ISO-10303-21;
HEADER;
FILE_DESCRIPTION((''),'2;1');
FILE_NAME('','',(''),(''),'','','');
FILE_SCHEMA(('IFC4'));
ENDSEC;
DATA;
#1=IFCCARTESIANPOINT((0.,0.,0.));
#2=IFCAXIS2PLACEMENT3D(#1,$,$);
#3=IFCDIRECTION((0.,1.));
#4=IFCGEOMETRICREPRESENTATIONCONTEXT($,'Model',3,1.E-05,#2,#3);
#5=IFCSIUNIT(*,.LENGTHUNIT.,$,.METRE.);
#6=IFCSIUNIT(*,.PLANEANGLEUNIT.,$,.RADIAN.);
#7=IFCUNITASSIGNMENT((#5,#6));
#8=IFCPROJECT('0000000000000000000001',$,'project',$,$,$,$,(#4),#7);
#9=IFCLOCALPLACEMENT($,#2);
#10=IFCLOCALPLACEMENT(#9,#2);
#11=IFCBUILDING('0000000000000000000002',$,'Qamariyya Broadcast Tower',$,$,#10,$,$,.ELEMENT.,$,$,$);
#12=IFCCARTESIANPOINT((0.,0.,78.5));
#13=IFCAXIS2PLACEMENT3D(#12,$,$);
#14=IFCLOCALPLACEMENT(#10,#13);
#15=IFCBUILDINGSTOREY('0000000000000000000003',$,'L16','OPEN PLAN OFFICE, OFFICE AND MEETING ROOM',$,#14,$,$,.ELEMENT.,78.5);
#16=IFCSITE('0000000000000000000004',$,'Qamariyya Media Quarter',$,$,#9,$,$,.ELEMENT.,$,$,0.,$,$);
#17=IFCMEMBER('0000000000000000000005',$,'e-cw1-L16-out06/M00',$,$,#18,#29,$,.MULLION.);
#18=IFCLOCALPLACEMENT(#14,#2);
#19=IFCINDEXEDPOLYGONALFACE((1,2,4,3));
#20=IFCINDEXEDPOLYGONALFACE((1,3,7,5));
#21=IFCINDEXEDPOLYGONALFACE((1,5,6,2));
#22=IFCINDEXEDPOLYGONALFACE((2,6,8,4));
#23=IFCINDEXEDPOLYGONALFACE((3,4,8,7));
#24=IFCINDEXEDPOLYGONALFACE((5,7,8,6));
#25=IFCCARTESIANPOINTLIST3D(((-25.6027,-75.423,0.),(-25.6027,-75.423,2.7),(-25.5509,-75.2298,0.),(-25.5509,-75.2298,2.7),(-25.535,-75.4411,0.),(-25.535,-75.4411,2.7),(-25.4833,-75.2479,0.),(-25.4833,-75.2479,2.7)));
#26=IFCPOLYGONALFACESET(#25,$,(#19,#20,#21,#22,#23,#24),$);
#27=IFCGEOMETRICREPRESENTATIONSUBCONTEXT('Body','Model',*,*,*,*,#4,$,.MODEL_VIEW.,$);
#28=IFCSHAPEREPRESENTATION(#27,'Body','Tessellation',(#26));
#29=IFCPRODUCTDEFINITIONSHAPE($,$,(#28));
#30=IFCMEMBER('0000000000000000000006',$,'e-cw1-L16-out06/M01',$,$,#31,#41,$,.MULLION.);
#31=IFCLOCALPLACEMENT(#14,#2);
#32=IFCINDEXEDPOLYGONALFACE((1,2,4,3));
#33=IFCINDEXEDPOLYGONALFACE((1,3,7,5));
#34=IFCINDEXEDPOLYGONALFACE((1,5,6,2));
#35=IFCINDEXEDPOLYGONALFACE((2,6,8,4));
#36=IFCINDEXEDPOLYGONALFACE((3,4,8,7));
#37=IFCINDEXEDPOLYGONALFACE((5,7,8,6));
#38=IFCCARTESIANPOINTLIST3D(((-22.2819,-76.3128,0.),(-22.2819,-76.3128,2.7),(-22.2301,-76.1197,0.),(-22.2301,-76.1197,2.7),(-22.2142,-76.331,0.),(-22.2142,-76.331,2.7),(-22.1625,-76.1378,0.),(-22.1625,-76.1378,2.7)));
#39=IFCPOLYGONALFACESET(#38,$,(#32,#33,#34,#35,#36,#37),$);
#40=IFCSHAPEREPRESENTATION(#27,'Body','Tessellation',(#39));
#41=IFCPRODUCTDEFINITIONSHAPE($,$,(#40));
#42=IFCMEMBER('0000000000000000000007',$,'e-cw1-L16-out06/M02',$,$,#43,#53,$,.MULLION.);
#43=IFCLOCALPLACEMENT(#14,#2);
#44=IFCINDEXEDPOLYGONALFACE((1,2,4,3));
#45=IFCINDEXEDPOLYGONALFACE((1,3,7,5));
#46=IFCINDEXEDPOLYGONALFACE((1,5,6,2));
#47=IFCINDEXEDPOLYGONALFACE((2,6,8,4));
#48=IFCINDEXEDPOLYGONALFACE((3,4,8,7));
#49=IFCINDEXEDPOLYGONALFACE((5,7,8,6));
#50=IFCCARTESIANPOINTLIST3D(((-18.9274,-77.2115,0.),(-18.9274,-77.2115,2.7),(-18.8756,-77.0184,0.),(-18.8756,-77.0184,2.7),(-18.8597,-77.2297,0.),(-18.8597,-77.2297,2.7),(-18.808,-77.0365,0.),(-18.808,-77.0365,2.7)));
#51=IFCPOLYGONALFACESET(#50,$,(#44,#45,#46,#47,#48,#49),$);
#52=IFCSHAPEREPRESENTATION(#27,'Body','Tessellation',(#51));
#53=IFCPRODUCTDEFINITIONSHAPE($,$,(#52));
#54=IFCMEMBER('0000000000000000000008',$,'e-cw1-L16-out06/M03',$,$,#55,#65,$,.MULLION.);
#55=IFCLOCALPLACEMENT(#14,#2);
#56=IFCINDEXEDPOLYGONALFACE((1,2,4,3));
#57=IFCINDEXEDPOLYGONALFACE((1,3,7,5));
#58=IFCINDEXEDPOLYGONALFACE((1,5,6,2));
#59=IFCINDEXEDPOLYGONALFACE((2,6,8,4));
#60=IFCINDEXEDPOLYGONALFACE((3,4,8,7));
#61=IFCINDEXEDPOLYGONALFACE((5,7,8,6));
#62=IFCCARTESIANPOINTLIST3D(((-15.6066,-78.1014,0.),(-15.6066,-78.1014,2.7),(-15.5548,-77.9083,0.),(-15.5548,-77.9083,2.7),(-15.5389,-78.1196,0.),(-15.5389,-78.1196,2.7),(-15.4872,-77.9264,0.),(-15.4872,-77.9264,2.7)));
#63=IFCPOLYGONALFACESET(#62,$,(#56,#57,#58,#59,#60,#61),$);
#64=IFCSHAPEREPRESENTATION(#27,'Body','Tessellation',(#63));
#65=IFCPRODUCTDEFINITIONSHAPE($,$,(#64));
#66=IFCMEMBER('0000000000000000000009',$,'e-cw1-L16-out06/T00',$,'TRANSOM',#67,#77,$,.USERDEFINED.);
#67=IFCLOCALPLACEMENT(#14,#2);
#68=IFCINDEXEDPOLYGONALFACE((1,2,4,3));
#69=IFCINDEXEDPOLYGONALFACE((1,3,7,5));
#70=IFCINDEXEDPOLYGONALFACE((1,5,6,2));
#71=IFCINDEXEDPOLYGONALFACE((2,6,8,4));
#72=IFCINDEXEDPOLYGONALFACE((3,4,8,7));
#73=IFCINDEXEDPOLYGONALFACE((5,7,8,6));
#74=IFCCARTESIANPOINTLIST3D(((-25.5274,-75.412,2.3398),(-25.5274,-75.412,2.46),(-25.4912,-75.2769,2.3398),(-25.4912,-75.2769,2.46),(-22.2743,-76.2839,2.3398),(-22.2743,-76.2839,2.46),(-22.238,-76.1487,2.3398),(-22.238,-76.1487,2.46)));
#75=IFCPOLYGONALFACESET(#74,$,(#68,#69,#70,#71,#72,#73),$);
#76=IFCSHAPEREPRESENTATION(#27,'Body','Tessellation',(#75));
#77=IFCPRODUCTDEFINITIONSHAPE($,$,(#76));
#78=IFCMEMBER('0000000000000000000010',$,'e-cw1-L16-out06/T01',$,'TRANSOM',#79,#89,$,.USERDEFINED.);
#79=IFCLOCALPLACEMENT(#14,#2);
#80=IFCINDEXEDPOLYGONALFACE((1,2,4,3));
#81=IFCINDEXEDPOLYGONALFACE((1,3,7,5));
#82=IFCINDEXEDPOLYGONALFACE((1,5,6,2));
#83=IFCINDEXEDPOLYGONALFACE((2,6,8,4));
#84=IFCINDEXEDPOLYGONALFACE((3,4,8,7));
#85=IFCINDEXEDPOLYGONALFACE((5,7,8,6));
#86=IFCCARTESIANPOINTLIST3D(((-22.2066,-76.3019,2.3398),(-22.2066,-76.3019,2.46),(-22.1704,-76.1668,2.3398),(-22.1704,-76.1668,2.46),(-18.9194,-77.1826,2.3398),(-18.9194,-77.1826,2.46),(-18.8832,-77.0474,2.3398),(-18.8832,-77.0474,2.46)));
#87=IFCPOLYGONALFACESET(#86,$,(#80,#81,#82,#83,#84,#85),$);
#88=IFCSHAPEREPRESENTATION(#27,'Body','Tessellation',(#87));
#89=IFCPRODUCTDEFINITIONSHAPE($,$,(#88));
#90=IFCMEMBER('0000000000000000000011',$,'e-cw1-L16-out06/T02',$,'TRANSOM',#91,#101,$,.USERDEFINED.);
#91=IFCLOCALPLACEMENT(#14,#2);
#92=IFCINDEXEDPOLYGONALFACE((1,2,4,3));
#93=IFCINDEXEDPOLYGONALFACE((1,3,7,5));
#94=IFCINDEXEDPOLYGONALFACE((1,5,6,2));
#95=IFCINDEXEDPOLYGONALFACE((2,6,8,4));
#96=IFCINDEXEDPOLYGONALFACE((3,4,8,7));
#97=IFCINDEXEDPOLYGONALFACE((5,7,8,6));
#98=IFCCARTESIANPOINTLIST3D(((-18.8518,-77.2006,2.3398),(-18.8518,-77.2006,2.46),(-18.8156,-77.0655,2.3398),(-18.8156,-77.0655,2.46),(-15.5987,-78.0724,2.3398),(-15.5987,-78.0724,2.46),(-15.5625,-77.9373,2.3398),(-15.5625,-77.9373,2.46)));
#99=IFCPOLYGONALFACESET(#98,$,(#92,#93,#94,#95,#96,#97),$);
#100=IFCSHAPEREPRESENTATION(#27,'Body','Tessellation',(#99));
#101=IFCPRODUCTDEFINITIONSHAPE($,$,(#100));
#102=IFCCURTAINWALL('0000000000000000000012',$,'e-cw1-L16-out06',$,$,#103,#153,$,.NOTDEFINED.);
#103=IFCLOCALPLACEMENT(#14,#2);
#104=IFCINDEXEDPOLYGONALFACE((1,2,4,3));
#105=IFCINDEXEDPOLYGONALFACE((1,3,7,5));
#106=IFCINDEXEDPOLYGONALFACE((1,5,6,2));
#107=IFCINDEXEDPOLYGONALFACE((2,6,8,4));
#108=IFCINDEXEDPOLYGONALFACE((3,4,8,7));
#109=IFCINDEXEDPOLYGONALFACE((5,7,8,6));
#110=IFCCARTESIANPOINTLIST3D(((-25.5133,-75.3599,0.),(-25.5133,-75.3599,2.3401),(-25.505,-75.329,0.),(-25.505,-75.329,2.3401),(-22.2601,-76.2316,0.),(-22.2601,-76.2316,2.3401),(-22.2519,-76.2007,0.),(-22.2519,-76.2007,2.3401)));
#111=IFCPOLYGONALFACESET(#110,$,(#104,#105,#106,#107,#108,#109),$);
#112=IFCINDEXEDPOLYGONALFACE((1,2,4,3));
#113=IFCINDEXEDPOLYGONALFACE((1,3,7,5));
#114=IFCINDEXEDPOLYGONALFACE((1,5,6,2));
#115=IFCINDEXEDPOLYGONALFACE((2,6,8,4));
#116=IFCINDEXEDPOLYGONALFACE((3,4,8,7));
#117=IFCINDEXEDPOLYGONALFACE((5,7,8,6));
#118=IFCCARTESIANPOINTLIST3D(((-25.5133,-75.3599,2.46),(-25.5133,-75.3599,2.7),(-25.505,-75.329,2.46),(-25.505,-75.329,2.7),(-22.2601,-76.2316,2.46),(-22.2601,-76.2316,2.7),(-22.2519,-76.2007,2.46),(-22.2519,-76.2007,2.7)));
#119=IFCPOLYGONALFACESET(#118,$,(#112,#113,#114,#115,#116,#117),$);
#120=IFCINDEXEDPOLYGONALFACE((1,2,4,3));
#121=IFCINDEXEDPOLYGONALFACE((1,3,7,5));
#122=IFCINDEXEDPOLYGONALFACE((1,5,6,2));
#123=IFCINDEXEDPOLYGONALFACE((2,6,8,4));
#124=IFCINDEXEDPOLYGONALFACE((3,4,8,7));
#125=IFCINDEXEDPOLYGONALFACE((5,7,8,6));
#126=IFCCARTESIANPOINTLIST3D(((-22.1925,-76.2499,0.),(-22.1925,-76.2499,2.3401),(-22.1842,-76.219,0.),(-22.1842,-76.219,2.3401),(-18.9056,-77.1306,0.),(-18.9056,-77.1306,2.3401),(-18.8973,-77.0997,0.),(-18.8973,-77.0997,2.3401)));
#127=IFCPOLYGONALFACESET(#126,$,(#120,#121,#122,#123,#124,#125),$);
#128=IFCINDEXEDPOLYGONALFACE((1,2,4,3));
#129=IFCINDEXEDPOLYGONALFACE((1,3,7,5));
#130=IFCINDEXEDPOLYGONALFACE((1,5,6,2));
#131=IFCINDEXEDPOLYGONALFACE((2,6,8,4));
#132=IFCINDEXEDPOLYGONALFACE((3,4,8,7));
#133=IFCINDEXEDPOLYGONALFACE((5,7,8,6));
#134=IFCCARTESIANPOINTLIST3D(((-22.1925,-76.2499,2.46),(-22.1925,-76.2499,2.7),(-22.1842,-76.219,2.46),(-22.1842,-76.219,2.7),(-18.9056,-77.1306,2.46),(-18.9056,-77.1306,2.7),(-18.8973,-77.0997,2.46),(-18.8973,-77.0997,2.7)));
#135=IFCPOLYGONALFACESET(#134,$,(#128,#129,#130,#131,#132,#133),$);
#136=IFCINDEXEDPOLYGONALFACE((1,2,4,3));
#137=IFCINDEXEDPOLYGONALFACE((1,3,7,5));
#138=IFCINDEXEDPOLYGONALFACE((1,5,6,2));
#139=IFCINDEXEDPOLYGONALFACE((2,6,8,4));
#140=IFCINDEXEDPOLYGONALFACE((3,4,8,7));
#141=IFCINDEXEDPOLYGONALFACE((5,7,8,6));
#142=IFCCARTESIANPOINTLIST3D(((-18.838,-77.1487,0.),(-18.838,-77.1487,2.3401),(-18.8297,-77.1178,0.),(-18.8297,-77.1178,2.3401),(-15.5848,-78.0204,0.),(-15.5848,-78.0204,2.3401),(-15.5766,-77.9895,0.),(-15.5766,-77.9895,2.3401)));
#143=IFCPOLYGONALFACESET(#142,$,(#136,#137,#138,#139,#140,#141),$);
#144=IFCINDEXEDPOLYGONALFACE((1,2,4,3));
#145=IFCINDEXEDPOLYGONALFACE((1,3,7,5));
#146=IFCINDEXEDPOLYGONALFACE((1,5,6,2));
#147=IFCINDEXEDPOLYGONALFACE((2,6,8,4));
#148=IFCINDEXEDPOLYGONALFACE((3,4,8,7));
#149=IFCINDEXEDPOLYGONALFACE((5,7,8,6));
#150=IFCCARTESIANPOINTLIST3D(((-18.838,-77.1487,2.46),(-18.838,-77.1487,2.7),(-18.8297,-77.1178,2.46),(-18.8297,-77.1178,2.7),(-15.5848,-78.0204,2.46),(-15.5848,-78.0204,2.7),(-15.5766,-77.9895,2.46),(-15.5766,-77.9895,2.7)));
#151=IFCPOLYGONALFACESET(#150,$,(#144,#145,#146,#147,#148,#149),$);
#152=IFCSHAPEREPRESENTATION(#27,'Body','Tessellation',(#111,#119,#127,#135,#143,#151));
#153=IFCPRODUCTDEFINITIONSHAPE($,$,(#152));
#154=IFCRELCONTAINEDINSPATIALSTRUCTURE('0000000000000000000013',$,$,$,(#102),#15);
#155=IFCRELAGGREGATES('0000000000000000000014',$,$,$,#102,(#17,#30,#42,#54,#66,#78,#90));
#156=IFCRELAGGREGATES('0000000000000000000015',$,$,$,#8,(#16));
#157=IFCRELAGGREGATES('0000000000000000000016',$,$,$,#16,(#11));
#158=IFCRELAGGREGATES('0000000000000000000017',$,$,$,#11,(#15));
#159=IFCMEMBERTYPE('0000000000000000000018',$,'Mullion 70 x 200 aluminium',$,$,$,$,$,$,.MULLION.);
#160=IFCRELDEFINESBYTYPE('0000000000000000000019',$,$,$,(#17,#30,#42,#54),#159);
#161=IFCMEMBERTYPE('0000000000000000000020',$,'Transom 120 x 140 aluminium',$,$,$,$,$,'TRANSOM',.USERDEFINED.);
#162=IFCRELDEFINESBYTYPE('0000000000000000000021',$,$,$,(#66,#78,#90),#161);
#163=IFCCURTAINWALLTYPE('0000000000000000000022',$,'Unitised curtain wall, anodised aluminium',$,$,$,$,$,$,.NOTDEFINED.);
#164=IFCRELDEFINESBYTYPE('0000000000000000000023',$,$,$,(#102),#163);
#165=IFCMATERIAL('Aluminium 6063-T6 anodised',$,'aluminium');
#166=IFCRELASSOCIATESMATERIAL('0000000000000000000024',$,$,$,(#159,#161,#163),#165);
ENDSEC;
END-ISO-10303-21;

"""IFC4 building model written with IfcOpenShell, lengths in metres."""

from ifc_helpers import new_model, si_unit, direction, frame, origin, origin_2d, place, context, subcontext, project, spatial, rectangle, extrude, material, material_profile, profile_set, type_object, element, aggregate, save


model = new_model("IFC4")

# Units and contexts
model_context = context("Model", 3, precision=1e-05, world=origin(), true_north=direction((0.0, 1.0)))
body_context = subcontext(model_context, "Body", "Model", "MODEL_VIEW")
ifc_project = project(units=[si_unit("LENGTHUNIT", "METRE"), si_unit("PLANEANGLEUNIT", "RADIAN")], contexts=[model_context])

# Members
ifc_material_1 = material(Name="Aluminium 6063-T6 anodised", Category="aluminium")
ifc_material_profile_1 = material_profile(ifc_material_1, rectangle(XDim=0.2, YDim=0.0701, at=origin_2d()))
ifc_profile_set_1 = profile_set([ifc_material_profile_1], Name="Aluminium 6063-T6 anodised")
member_type_1 = type_object("IfcMemberType", Name="Mullion 70 x 200 aluminium", PredefinedType="MULLION", material=ifc_profile_set_1)
site_placement = place(None, origin())
building_placement = place(site_placement, origin())
storey_placement = place(building_placement, frame((0.0, 0.0, 78.5)))
member_1_placement = place(storey_placement, frame((-25.543, -75.3354, 0.0), z_axis=(0.0, 0.0, 1.0), x_axis=(0.258819, 0.965926, 0.0)))
member_1 = element("IfcMember", 1, at=member_1_placement, type_object=member_type_1, Name="e-cw1-L16-out06/M00", PredefinedType="MULLION", context=body_context, shape_type="SweptSolid", body=[
    extrude(rectangle(XDim=0.2, YDim=0.0701, at=origin_2d()), origin(), (0.0, 0.0, 1.0), 2.7),
])
member_2_placement = place(storey_placement, frame((-22.2222, -76.2253, 0.0), z_axis=(0.0, 0.0, 1.0), x_axis=(0.258819, 0.965926, 0.0)))
member_2 = element("IfcMember", 2, at=member_2_placement, type_object=member_type_1, Name="e-cw1-L16-out06/M01", PredefinedType="MULLION", context=body_context, shape_type="SweptSolid", body=[
    extrude(rectangle(XDim=0.2, YDim=0.0701, at=origin_2d()), origin(), (0.0, 0.0, 1.0), 2.7),
])
member_3_placement = place(storey_placement, frame((-18.8677, -77.124, 0.0), z_axis=(0.0, 0.0, 1.0), x_axis=(0.258819, 0.965926, 0.0)))
member_3 = element("IfcMember", 3, at=member_3_placement, type_object=member_type_1, Name="e-cw1-L16-out06/M02", PredefinedType="MULLION", context=body_context, shape_type="SweptSolid", body=[
    extrude(rectangle(XDim=0.2, YDim=0.0701, at=origin_2d()), origin(), (0.0, 0.0, 1.0), 2.7),
])
member_4_placement = place(storey_placement, frame((-15.5469, -78.0139, 0.0), z_axis=(0.0, 0.0, 1.0), x_axis=(0.258819, 0.965926, 0.0)))
member_4 = element("IfcMember", 4, at=member_4_placement, type_object=member_type_1, Name="e-cw1-L16-out06/M03", PredefinedType="MULLION", context=body_context, shape_type="SweptSolid", body=[
    extrude(rectangle(XDim=0.2, YDim=0.0701, at=origin_2d()), origin(), (0.0, 0.0, 1.0), 2.7),
])
ifc_material_profile_2 = material_profile(ifc_material_1, rectangle(XDim=0.1399, YDim=0.1201, at=origin_2d()))
ifc_profile_set_2 = profile_set([ifc_material_profile_2], Name="Aluminium 6063-T6 anodised")
member_type_2 = type_object("IfcMemberType", Name="Transom 120 x 140 aluminium", ElementType="TRANSOM", PredefinedType="USERDEFINED", material=ifc_profile_set_2)
member_5_placement = place(storey_placement, frame((-25.5093, -75.3445, 2.3999), z_axis=(0.965915, -0.258858, 0.0), x_axis=(0.258858, 0.965915, 0.0)))
member_5 = element("IfcMember", 5, at=member_5_placement, type_object=member_type_2, Name="e-cw1-L16-out06/T00", ObjectType="TRANSOM", PredefinedType="USERDEFINED", context=body_context, shape_type="SweptSolid", body=[
    extrude(rectangle(XDim=0.1399, YDim=0.1201, at=origin_2d()), origin(), (0.0, 0.0, 1.0), 3.3679),
])
member_6_placement = place(storey_placement, frame((-22.1885, -76.2344, 2.3999), z_axis=(0.965938, -0.258774, 0.0), x_axis=(0.258774, 0.965938, 0.0)))
member_6 = element("IfcMember", 6, at=member_6_placement, type_object=member_type_2, Name="e-cw1-L16-out06/T01", ObjectType="TRANSOM", PredefinedType="USERDEFINED", context=body_context, shape_type="SweptSolid", body=[
    extrude(rectangle(XDim=0.1399, YDim=0.1201, at=origin_2d()), origin(), (0.0, 0.0, 1.0), 3.4031),
])
member_7_placement = place(storey_placement, frame((-18.8337, -77.1331, 2.3999), z_axis=(0.965915, -0.258858, 0.0), x_axis=(0.258858, 0.965915, 0.0)))
member_7 = element("IfcMember", 7, at=member_7_placement, type_object=member_type_2, Name="e-cw1-L16-out06/T02", ObjectType="TRANSOM", PredefinedType="USERDEFINED", context=body_context, shape_type="SweptSolid", body=[
    extrude(rectangle(XDim=0.1399, YDim=0.1201, at=origin_2d()), origin(), (0.0, 0.0, 1.0), 3.3679),
])

# Site, building, storey
site = spatial("IfcSite", under=ifc_project, at=site_placement, Name="Qamariyya Media Quarter", CompositionType="ELEMENT", RefElevation=0.0)
building = spatial("IfcBuilding", under=site, at=building_placement, Name="Qamariyya Broadcast Tower", CompositionType="ELEMENT")
storey = spatial("IfcBuildingStorey", under=building, at=storey_placement, Name="L16", Description="OPEN PLAN OFFICE, OFFICE AND MEETING ROOM", CompositionType="ELEMENT", Elevation=78.5)

# Curtain wall
curtain_wall_type = type_object("IfcCurtainWallType", Name="Unitised curtain wall, anodised aluminium", PredefinedType="NOTDEFINED", material=ifc_material_1)
curtain_wall_1_placement = place(storey_placement, origin())
curtain_wall_1 = element("IfcCurtainWall", 8, at=curtain_wall_1_placement, inside=storey, type_object=curtain_wall_type, Name="e-cw1-L16-out06", PredefinedType="NOTDEFINED", context=body_context, shape_type="SweptSolid", body=[
    extrude(rectangle(XDim=3.3679, YDim=0.032, at=origin_2d()), frame((-23.8826, -75.7803, 0.0), x_axis=(0.965925, -0.258822, 0.0)), (0.0, 0.0, 1.0), 2.3401),
    extrude(rectangle(XDim=3.3679, YDim=0.032, at=origin_2d()), frame((-23.8826, -75.7803, 2.46), x_axis=(0.965925, -0.258822, 0.0)), (0.0, 0.0, 1.0), 0.24),
    extrude(rectangle(XDim=3.4028, YDim=0.032, at=origin_2d()), frame((-20.5449, -76.6748, 0.0), x_axis=(0.965925, -0.258822, 0.0)), (0.0, 0.0, 1.0), 2.3401),
    extrude(rectangle(XDim=3.4028, YDim=0.032, at=origin_2d()), frame((-20.5449, -76.6748, 2.46), x_axis=(0.965925, -0.258822, 0.0)), (0.0, 0.0, 1.0), 0.24),
    extrude(rectangle(XDim=3.3679, YDim=0.032, at=origin_2d()), frame((-17.2073, -77.5691, 0.0), x_axis=(0.965925, -0.258822, 0.0)), (0.0, 0.0, 1.0), 2.3401),
    extrude(rectangle(XDim=3.3679, YDim=0.032, at=origin_2d()), frame((-17.2073, -77.5691, 2.46), x_axis=(0.965925, -0.258822, 0.0)), (0.0, 0.0, 1.0), 0.24),
])
aggregate(curtain_wall_1, [member_1, member_2, member_3, member_4, member_5, member_6, member_7])

save(model, "model.ifc")
